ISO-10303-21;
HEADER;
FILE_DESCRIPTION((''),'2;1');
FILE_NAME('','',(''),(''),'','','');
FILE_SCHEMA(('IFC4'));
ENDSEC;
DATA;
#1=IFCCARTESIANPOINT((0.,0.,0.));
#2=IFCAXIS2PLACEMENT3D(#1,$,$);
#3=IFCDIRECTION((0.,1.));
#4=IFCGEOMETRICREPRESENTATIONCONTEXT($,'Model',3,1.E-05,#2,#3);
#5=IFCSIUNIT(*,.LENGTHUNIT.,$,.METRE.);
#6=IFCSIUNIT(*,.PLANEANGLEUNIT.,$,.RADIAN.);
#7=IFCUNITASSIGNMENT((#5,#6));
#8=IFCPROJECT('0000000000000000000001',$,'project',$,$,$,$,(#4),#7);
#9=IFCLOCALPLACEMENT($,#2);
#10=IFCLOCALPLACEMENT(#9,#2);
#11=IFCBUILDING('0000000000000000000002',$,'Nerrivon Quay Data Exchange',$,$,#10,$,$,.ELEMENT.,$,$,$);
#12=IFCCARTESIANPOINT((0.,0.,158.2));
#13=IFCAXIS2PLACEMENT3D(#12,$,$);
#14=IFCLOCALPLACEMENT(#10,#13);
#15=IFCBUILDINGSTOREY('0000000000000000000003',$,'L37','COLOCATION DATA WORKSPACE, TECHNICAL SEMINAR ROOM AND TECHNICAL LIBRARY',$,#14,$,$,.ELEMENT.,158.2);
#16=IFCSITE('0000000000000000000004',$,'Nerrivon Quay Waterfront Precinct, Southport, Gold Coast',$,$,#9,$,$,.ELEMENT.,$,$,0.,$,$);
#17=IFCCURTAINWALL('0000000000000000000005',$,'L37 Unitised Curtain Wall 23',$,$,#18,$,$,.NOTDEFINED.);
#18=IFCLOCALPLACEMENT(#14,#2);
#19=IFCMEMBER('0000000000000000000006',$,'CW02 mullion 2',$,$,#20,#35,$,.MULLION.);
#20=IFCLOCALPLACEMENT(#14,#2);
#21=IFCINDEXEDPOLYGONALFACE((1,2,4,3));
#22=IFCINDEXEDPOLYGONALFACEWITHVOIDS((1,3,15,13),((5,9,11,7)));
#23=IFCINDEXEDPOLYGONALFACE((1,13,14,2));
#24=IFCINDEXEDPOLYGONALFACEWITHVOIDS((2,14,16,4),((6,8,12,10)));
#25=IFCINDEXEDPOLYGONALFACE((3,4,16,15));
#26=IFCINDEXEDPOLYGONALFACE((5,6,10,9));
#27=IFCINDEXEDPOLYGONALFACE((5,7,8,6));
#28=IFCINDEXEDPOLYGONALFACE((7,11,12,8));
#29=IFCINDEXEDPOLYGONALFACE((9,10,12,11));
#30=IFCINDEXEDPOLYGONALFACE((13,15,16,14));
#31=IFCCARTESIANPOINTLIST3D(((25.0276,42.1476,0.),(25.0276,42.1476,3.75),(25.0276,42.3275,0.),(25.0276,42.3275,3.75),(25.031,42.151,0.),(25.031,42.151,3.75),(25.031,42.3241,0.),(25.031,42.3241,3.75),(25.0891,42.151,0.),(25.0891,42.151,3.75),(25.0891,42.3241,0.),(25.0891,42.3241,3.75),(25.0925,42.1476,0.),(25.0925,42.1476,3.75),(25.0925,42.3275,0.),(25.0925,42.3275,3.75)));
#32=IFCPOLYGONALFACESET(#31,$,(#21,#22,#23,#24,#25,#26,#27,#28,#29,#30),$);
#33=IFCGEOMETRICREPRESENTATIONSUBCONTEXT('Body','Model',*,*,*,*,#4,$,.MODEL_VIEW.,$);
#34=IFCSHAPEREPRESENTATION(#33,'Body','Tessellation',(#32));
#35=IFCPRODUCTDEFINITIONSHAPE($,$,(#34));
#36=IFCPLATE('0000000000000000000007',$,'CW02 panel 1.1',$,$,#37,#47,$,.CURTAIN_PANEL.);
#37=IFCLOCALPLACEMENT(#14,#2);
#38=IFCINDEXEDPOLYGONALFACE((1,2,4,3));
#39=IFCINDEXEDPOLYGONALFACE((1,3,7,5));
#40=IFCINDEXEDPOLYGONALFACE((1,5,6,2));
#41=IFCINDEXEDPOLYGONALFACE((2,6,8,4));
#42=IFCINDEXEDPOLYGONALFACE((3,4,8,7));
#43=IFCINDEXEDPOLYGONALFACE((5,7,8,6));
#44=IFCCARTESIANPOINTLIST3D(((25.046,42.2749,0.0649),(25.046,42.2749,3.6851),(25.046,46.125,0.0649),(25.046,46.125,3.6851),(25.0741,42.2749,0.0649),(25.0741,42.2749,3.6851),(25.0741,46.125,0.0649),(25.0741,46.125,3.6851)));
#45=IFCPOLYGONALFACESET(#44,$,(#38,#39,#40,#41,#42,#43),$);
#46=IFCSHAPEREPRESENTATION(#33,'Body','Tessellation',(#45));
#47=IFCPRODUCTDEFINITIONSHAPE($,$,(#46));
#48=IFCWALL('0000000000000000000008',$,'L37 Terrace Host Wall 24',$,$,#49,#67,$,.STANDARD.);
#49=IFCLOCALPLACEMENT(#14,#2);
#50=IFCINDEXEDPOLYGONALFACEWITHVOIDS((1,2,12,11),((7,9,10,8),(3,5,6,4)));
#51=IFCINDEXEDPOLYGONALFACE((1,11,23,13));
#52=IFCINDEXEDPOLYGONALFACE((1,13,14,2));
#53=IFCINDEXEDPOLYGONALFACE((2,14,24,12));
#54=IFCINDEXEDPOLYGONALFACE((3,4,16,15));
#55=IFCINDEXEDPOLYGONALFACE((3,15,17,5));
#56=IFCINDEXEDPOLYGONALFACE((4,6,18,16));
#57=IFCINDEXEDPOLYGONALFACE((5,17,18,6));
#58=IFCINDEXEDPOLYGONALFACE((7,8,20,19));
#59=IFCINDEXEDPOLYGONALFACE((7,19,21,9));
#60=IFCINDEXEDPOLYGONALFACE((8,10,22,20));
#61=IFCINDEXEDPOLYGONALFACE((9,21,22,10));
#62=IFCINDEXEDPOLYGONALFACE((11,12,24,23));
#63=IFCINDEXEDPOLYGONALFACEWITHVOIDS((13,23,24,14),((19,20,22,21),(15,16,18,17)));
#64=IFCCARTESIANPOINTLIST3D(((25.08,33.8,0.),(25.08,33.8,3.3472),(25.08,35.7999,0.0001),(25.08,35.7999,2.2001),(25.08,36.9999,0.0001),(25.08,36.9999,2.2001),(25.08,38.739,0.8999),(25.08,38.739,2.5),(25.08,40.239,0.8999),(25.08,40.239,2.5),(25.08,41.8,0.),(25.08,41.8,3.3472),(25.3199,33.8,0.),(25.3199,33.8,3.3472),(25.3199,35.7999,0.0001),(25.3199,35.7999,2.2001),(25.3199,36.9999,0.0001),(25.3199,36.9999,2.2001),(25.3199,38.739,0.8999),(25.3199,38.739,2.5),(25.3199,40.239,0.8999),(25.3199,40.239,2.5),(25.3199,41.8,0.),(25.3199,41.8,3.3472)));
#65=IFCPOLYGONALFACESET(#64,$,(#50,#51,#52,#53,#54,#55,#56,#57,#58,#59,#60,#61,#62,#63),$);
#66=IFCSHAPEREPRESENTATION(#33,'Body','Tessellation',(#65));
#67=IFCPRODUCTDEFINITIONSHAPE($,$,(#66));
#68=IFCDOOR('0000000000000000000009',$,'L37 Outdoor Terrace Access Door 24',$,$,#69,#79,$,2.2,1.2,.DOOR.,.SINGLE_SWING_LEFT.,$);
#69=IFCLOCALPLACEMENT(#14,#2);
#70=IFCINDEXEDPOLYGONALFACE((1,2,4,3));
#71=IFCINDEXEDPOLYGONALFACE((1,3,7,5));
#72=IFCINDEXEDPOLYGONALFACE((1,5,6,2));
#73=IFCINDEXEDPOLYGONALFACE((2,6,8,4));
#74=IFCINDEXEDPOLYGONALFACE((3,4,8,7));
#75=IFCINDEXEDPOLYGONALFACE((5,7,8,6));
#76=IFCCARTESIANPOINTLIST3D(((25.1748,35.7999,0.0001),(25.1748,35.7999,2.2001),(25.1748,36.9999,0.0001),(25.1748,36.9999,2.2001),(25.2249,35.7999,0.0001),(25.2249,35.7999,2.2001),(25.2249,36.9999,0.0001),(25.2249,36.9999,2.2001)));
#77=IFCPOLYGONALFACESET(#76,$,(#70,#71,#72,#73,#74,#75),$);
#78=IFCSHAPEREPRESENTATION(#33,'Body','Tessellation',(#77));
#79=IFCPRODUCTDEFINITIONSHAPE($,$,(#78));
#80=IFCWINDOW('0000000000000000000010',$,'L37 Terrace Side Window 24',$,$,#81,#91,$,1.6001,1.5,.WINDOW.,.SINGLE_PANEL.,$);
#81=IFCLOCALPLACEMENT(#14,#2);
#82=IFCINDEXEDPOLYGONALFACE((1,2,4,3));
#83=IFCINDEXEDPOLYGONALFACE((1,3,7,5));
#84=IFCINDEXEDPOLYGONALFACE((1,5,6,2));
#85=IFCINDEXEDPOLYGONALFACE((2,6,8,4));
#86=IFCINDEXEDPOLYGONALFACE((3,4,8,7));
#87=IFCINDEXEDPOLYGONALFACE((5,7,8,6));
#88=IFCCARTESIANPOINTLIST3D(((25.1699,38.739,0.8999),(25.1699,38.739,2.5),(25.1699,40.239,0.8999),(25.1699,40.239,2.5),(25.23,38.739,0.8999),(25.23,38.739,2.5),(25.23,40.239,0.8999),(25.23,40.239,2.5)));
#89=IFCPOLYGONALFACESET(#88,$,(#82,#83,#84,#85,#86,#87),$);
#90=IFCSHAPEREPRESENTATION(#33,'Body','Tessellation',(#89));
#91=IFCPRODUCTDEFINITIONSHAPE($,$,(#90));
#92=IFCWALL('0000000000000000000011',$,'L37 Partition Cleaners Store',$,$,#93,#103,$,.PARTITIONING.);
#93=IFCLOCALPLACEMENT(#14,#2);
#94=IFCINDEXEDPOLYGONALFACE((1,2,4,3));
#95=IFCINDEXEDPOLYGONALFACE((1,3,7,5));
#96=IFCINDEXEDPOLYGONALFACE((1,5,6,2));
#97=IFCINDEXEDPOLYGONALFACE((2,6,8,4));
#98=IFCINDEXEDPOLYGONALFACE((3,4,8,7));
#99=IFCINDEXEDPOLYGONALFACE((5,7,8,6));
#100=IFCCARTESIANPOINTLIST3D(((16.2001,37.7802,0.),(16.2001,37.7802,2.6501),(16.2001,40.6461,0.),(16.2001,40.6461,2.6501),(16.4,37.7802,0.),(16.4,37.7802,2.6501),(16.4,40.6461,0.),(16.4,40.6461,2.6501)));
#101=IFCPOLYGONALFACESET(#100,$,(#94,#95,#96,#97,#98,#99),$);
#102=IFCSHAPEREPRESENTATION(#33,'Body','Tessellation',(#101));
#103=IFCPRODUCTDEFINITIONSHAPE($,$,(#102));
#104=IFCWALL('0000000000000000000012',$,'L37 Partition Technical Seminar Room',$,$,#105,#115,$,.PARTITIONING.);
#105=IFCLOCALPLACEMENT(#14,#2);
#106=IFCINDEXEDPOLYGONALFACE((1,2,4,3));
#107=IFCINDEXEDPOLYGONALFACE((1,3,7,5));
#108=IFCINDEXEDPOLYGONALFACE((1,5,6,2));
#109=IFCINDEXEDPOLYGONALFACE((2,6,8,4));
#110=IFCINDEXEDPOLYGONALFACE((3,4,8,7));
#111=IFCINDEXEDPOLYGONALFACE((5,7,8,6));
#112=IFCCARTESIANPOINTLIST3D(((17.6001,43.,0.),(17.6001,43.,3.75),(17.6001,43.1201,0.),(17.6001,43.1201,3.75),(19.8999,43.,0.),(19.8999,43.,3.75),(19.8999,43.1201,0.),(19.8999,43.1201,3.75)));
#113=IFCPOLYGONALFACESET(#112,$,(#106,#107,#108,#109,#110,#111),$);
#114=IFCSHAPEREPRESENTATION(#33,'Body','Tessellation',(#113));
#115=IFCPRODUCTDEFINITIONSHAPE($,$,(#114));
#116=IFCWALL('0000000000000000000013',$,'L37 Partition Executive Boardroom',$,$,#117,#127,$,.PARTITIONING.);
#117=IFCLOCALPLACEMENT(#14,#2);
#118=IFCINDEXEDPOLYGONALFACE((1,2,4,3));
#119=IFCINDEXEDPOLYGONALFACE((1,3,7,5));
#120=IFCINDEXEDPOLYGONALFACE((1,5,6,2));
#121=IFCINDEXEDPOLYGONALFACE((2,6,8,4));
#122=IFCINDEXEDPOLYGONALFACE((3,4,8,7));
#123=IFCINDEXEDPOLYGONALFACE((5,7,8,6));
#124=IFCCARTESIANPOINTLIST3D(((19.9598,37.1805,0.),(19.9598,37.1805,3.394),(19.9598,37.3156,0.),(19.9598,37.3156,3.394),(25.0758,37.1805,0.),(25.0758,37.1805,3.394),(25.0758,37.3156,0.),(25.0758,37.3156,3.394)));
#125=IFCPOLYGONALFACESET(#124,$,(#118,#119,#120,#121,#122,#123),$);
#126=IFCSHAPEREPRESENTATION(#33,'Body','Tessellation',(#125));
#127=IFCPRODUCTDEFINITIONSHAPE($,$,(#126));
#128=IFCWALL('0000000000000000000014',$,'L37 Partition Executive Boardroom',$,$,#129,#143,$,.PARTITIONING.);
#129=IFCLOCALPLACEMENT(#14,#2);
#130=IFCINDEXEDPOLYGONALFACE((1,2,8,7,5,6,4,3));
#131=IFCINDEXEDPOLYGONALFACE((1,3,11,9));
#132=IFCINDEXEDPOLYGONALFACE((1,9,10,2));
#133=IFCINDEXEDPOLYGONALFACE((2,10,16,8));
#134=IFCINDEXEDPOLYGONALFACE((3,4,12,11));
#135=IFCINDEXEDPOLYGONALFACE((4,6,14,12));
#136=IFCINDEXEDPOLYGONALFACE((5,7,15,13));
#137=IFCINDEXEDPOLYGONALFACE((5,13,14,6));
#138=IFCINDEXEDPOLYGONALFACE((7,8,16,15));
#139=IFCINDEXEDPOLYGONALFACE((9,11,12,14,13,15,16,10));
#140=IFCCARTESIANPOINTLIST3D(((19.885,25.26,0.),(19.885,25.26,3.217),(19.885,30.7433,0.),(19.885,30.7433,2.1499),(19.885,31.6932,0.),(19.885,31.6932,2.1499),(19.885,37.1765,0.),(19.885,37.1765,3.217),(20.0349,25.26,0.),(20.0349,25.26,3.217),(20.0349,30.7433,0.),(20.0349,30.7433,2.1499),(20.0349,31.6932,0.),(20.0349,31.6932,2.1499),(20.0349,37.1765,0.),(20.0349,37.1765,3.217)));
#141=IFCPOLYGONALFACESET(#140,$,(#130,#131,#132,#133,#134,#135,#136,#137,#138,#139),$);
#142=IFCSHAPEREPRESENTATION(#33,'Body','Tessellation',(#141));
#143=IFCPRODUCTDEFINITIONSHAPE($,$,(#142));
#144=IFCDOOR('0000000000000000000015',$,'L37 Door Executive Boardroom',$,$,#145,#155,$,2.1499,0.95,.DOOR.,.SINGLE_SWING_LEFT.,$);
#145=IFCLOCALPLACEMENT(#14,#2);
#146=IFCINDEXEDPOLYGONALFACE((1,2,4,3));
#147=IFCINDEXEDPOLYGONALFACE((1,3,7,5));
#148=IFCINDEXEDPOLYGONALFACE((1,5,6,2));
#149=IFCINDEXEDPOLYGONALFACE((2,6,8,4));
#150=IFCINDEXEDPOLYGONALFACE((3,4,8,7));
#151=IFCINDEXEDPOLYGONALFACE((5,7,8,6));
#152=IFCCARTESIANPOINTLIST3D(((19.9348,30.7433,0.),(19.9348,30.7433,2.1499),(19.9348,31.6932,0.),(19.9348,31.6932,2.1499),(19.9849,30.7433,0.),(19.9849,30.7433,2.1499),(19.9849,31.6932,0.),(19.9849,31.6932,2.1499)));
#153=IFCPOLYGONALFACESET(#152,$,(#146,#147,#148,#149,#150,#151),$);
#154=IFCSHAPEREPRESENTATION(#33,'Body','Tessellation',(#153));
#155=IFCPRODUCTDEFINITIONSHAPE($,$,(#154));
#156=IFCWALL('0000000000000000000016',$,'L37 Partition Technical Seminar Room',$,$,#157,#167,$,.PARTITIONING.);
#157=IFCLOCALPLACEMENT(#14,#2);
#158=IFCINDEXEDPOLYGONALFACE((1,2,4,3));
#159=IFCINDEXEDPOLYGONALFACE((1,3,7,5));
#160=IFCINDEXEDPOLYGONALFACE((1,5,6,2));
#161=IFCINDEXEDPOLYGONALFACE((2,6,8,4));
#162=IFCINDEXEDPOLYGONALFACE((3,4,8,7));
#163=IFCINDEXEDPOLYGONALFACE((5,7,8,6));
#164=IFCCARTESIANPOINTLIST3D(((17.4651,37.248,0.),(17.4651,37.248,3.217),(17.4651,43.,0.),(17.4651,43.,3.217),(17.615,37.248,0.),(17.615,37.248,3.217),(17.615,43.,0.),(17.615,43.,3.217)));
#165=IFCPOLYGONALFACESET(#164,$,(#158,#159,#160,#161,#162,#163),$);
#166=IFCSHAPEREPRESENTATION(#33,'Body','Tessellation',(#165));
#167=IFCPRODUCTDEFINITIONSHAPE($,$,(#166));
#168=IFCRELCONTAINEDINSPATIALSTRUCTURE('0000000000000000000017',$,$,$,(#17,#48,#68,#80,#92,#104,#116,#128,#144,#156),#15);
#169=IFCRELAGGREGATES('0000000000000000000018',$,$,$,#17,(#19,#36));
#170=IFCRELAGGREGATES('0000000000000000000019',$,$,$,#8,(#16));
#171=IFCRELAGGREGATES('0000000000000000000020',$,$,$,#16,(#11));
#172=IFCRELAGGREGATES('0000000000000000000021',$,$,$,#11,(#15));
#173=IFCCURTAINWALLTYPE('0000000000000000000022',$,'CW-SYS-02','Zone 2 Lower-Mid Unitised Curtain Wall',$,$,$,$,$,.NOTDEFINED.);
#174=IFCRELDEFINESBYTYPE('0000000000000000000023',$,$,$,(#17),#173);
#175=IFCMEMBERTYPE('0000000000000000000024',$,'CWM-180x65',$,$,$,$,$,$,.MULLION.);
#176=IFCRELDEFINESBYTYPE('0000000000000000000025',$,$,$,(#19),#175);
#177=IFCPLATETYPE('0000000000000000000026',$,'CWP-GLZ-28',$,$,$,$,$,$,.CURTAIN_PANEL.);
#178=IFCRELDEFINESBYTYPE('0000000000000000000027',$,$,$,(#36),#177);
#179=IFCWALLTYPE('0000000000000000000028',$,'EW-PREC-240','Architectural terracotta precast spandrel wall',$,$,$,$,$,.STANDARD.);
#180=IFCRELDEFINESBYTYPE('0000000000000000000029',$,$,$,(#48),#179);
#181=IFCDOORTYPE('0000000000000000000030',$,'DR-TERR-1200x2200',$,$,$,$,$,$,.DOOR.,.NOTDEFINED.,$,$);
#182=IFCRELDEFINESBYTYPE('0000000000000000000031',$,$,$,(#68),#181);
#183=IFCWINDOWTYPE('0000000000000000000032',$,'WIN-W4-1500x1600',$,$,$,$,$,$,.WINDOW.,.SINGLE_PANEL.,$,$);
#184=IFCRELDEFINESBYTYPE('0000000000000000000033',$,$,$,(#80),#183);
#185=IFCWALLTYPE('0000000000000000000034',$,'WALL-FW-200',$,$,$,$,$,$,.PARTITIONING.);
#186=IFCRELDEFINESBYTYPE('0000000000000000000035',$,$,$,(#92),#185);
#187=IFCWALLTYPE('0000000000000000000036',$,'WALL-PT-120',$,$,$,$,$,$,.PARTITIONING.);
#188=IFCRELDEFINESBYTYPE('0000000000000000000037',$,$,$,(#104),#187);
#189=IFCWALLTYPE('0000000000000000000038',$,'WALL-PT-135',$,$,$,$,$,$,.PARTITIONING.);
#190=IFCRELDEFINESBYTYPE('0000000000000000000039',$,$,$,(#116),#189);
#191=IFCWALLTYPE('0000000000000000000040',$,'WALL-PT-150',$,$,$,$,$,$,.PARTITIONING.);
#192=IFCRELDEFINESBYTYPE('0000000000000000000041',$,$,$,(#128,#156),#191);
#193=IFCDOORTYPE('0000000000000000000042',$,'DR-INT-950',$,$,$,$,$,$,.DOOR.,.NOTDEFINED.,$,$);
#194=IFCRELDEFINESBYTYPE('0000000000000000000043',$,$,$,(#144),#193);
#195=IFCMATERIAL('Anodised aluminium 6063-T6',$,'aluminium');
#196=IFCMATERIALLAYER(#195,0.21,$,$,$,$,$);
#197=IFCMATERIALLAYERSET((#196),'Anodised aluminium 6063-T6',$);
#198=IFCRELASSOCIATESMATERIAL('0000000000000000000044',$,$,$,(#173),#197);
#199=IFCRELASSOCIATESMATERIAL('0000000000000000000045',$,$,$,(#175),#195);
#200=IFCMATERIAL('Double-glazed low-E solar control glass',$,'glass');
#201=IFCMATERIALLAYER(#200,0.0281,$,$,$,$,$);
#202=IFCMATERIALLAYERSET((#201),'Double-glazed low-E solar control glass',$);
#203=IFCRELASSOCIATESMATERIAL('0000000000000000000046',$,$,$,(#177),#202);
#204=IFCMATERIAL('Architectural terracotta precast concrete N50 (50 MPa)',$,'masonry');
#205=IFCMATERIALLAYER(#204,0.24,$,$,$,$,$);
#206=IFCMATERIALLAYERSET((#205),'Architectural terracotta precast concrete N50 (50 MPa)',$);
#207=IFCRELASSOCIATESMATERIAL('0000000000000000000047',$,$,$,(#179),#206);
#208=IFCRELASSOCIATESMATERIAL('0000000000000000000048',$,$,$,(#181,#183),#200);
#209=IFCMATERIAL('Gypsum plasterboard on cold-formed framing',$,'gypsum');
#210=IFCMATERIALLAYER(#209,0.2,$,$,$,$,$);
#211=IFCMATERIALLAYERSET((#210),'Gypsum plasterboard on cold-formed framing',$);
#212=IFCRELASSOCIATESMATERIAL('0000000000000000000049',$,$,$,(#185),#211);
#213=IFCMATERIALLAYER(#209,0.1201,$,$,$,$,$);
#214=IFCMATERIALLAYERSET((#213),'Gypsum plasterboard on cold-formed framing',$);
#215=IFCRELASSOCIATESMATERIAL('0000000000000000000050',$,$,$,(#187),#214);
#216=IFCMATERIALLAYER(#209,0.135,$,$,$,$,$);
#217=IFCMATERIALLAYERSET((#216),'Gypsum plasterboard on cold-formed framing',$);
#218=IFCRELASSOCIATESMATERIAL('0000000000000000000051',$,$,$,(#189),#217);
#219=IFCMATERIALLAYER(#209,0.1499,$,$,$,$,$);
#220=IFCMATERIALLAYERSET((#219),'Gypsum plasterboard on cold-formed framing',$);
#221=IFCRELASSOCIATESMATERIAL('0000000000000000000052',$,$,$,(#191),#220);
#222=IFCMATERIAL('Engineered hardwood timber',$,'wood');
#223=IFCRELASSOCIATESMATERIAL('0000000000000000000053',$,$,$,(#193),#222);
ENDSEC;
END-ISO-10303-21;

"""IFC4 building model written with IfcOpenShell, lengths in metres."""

from ifc_helpers import new_model, si_unit, direction, frame, frame_2d, origin, origin_2d, place, context, subcontext, project, spatial, rectangle, hollow_rectangle, extrude, material, layer, layer_set, material_profile, profile_set, type_object, element, fill, aggregate, save


model = new_model("IFC4")

# Units and contexts
model_context = context("Model", 3, precision=1e-05, world=origin(), true_north=direction((0.0, 1.0)))
body_context = subcontext(model_context, "Body", "Model", "MODEL_VIEW")
ifc_project = project(units=[si_unit("LENGTHUNIT", "METRE"), si_unit("PLANEANGLEUNIT", "RADIAN")], contexts=[model_context])

# Site, building, storey
site_placement = place(None, origin())
site = spatial("IfcSite", under=ifc_project, at=site_placement, Name="Nerrivon Quay Waterfront Precinct, Southport, Gold Coast", CompositionType="ELEMENT", RefElevation=0.0)
building_placement = place(site_placement, origin())
building = spatial("IfcBuilding", under=site, at=building_placement, Name="Nerrivon Quay Data Exchange", CompositionType="ELEMENT")
storey_placement = place(building_placement, frame((0.0, 0.0, 158.2)))
storey = spatial("IfcBuildingStorey", under=building, at=storey_placement, Name="L37", Description="COLOCATION DATA WORKSPACE, TECHNICAL SEMINAR ROOM AND TECHNICAL LIBRARY", CompositionType="ELEMENT", Elevation=158.2)

# Curtain wall, member, plate
ifc_material_1 = material(Name="Anodised aluminium 6063-T6", Category="aluminium")
ifc_layer_1 = layer(ifc_material_1, 0.21)
ifc_layer_set_1 = layer_set([ifc_layer_1], Name="Anodised aluminium 6063-T6")
curtain_wall_type = type_object("IfcCurtainWallType", Name="CW-SYS-02", Description="Zone 2 Lower-Mid Unitised Curtain Wall", PredefinedType="NOTDEFINED", material=ifc_layer_set_1)
curtain_wall_placement = place(storey_placement, origin())
curtain_wall = element("IfcCurtainWall", 1, at=curtain_wall_placement, inside=storey, type_object=curtain_wall_type, Name="L37 Unitised Curtain Wall 23", PredefinedType="NOTDEFINED")
ifc_material_profile_1 = material_profile(ifc_material_1, hollow_rectangle(XDim=0.0649, YDim=0.1799, WallThickness=0.0034, at=origin_2d()), Name="ALU-MULL-180x65")
ifc_profile_set_1 = profile_set([ifc_material_profile_1], Name="Anodised aluminium 6063-T6")
member_type = type_object("IfcMemberType", Name="CWM-180x65", PredefinedType="MULLION", material=ifc_profile_set_1)
member_placement = place(storey_placement, frame((25.0601, 42.2375, 0.0), z_axis=(0.0, 0.0, 1.0), x_axis=(1.0, 0.0, 0.0)))
member = element("IfcMember", 2, at=member_placement, type_object=member_type, Name="CW02 mullion 2", PredefinedType="MULLION", context=body_context, shape_type="SweptSolid", body=[
    extrude(hollow_rectangle(XDim=0.0649, YDim=0.1799, WallThickness=0.0034, at=origin_2d()), origin(), (0.0, 0.0, 1.0), 3.75),
])
ifc_material_2 = material(Name="Double-glazed low-E solar control glass", Category="glass")
ifc_layer_2 = layer(ifc_material_2, 0.0281)
ifc_layer_set_2 = layer_set([ifc_layer_2], Name="Double-glazed low-E solar control glass")
plate_type = type_object("IfcPlateType", Name="CWP-GLZ-28", PredefinedType="CURTAIN_PANEL", material=ifc_layer_set_2)
plate_placement = place(storey_placement, frame((25.0601, 44.2, 0.0649), z_axis=(0.0, 0.0, 1.0), x_axis=(0.0, -1.0, 0.0)))
plate = element("IfcPlate", 3, at=plate_placement, type_object=plate_type, Name="CW02 panel 1.1", PredefinedType="CURTAIN_PANEL", context=body_context, shape_type="SweptSolid", body=[
    extrude(rectangle(XDim=3.8501, YDim=0.0281, at=origin_2d()), origin(), (0.0, 0.0, 1.0), 3.6201),
])
aggregate(curtain_wall, [member, plate])

# Wall, openings, door, window
ifc_material_3 = material(Name="Architectural terracotta precast concrete N50 (50 MPa)", Category="masonry")
ifc_layer_3 = layer(ifc_material_3, 0.24)
ifc_layer_set_3 = layer_set([ifc_layer_3], Name="Architectural terracotta precast concrete N50 (50 MPa)")
wall_type_1 = type_object("IfcWallType", Name="EW-PREC-240", Description="Architectural terracotta precast spandrel wall", PredefinedType="STANDARD", material=ifc_layer_set_3)
wall_1_placement = place(storey_placement, frame((25.2, 41.8, 0.0), z_axis=(0.0, 0.0, 1.0), x_axis=(0.0, -1.0, 0.0)))
wall_1 = element("IfcWall", 4, at=wall_1_placement, inside=storey, type_object=wall_type_1, Name="L37 Terrace Host Wall 24", PredefinedType="STANDARD", context=body_context, shape_type="SweptSolid", body=[
    extrude(rectangle(XDim=8.0, YDim=0.24, at=frame_2d((4.0, 0.0))), origin(), (0.0, 0.0, 1.0), 3.3472),
])
opening_1_placement = place(wall_1_placement, frame((4.8, 0.0, 0.0)))
opening_1 = element("IfcOpeningElement", 5, at=opening_1_placement, cuts=wall_1, PredefinedType="OPENING", context=body_context, shape_type="SweptSolid", body=[
    extrude(rectangle(XDim=1.2, YDim=2.2, at=frame_2d((0.6001, 1.1001))), frame((0.0, 0.1299, 0.0), z_axis=(0.0, -1.0, 0.0), x_axis=(1.0, 0.0, 0.0)), (0.0, 0.0, 1.0), 0.26),
])
opening_2_placement = place(wall_1_placement, frame((1.561, 0.0, 0.8999)))
opening_2 = element("IfcOpeningElement", 6, at=opening_2_placement, cuts=wall_1, PredefinedType="OPENING", context=body_context, shape_type="SweptSolid", body=[
    extrude(rectangle(XDim=1.5, YDim=1.6001, at=frame_2d((0.75, 0.8))), frame((0.0, 0.1299, 0.0), z_axis=(0.0, -1.0, 0.0), x_axis=(1.0, 0.0, 0.0)), (0.0, 0.0, 1.0), 0.26),
])
door_type_1 = type_object("IfcDoorType", Name="DR-TERR-1200x2200", OperationType="NOTDEFINED", PredefinedType="DOOR", material=ifc_material_2)
door_1_placement = place(opening_1_placement, origin())
door_1 = element("IfcDoor", 7, at=door_1_placement, inside=storey, type_object=door_type_1, Name="L37 Outdoor Terrace Access Door 24", OperationType="SINGLE_SWING_LEFT", OverallHeight=2.2, OverallWidth=1.2, PredefinedType="DOOR", context=body_context, shape_type="SweptSolid", body=[
    extrude(rectangle(XDim=1.2, YDim=2.2, at=frame_2d((0.6001, 1.1001))), frame((0.0, 0.0249, 0.0), z_axis=(0.0, -1.0, 0.0), x_axis=(1.0, 0.0, 0.0)), (0.0, 0.0, 1.0), 0.05),
])
fill(opening_1, door_1)
window_type = type_object("IfcWindowType", Name="WIN-W4-1500x1600", PartitioningType="SINGLE_PANEL", PredefinedType="WINDOW", material=ifc_material_2)
window_placement = place(opening_2_placement, origin())
window = element("IfcWindow", 8, at=window_placement, inside=storey, type_object=window_type, Name="L37 Terrace Side Window 24", OverallHeight=1.6001, OverallWidth=1.5, PartitioningType="SINGLE_PANEL", PredefinedType="WINDOW", context=body_context, shape_type="SweptSolid", body=[
    extrude(rectangle(XDim=1.5, YDim=1.6001, at=frame_2d((0.75, 0.8))), frame((0.0, 0.03, 0.0), z_axis=(0.0, -1.0, 0.0), x_axis=(1.0, 0.0, 0.0)), (0.0, 0.0, 1.0), 0.0601),
])
fill(opening_2, window)

# Walls
ifc_material_4 = material(Name="Gypsum plasterboard on cold-formed framing", Category="gypsum")
ifc_layer_4 = layer(ifc_material_4, 0.2)
ifc_layer_set_4 = layer_set([ifc_layer_4], Name="Gypsum plasterboard on cold-formed framing")
wall_type_2 = type_object("IfcWallType", Name="WALL-FW-200", PredefinedType="PARTITIONING", material=ifc_layer_set_4)
wall_2_placement = place(storey_placement, frame((16.3, 37.78, 0.0), z_axis=(0.0, 0.0, 1.0), x_axis=(0.0, 1.0, 0.0)))
element("IfcWall", 9, at=wall_2_placement, inside=storey, type_object=wall_type_2, Name="L37 Partition Cleaners Store", PredefinedType="PARTITIONING", context=body_context, shape_type="SweptSolid", body=[
    extrude(rectangle(XDim=2.866, YDim=0.2, at=frame_2d((1.4331, 0.0))), origin(), (0.0, 0.0, 1.0), 2.6501),
])
ifc_layer_5 = layer(ifc_material_4, 0.1201)
ifc_layer_set_5 = layer_set([ifc_layer_5], Name="Gypsum plasterboard on cold-formed framing")
wall_type_3 = type_object("IfcWallType", Name="WALL-PT-120", PredefinedType="PARTITIONING", material=ifc_layer_set_5)
wall_3_placement = place(storey_placement, frame((17.6001, 43.0601, 0.0), z_axis=(0.0, 0.0, 1.0), x_axis=(1.0, 0.0, 0.0)))
element("IfcWall", 10, at=wall_3_placement, inside=storey, type_object=wall_type_3, Name="L37 Partition Technical Seminar Room", PredefinedType="PARTITIONING", context=body_context, shape_type="SweptSolid", body=[
    extrude(rectangle(XDim=2.2998, YDim=0.1201, at=frame_2d((1.1499, 0.0))), origin(), (0.0, 0.0, 1.0), 3.75),
])
ifc_layer_6 = layer(ifc_material_4, 0.135)
ifc_layer_set_6 = layer_set([ifc_layer_6], Name="Gypsum plasterboard on cold-formed framing")
wall_type_4 = type_object("IfcWallType", Name="WALL-PT-135", PredefinedType="PARTITIONING", material=ifc_layer_set_6)
wall_4_placement = place(storey_placement, frame((25.0759, 37.248, 0.0), z_axis=(0.0, 0.0, 1.0), x_axis=(-1.0, 0.0, 0.0)))
element("IfcWall", 11, at=wall_4_placement, inside=storey, type_object=wall_type_4, Name="L37 Partition Executive Boardroom", PredefinedType="PARTITIONING", context=body_context, shape_type="SweptSolid", body=[
    extrude(rectangle(XDim=5.116, YDim=0.135, at=frame_2d((2.5581, 0.0))), origin(), (0.0, 0.0, 1.0), 3.394),
])

# Wall, opening, door
ifc_layer_7 = layer(ifc_material_4, 0.1499)
ifc_layer_set_7 = layer_set([ifc_layer_7], Name="Gypsum plasterboard on cold-formed framing")
wall_type_5 = type_object("IfcWallType", Name="WALL-PT-150", PredefinedType="PARTITIONING", material=ifc_layer_set_7)
wall_5_placement = place(storey_placement, frame((19.96, 37.1765, 0.0), z_axis=(0.0, 0.0, 1.0), x_axis=(0.0, -1.0, 0.0)))
wall_5 = element("IfcWall", 12, at=wall_5_placement, inside=storey, type_object=wall_type_5, Name="L37 Partition Executive Boardroom", PredefinedType="PARTITIONING", context=body_context, shape_type="SweptSolid", body=[
    extrude(rectangle(XDim=11.9165, YDim=0.1499, at=frame_2d((5.9583, 0.0))), origin(), (0.0, 0.0, 1.0), 3.217),
])
opening_3_placement = place(wall_5_placement, frame((5.4832, 0.0, 0.0)))
opening_3 = element("IfcOpeningElement", 13, at=opening_3_placement, cuts=wall_5, PredefinedType="OPENING", context=body_context, shape_type="SweptSolid", body=[
    extrude(rectangle(XDim=0.95, YDim=2.1499, at=frame_2d((0.4751, 1.075))), frame((0.0, 0.085, 0.0), z_axis=(0.0, -1.0, 0.0), x_axis=(1.0, 0.0, 0.0)), (0.0, 0.0, 1.0), 0.1699),
])
ifc_material_5 = material(Name="Engineered hardwood timber", Category="wood")
door_type_2 = type_object("IfcDoorType", Name="DR-INT-950", OperationType="NOTDEFINED", PredefinedType="DOOR", material=ifc_material_5)
door_2_placement = place(opening_3_placement, origin())
door_2 = element("IfcDoor", 14, at=door_2_placement, inside=storey, type_object=door_type_2, Name="L37 Door Executive Boardroom", OperationType="SINGLE_SWING_LEFT", OverallHeight=2.1499, OverallWidth=0.95, PredefinedType="DOOR", context=body_context, shape_type="SweptSolid", body=[
    extrude(rectangle(XDim=0.95, YDim=2.1499, at=frame_2d((0.4751, 1.075))), frame((0.0, 0.0249, 0.0), z_axis=(0.0, -1.0, 0.0), x_axis=(1.0, 0.0, 0.0)), (0.0, 0.0, 1.0), 0.05),
])
fill(opening_3, door_2)

# Wall
wall_6_placement = place(storey_placement, frame((17.54, 37.248, 0.0), z_axis=(0.0, 0.0, 1.0), x_axis=(0.0, 1.0, 0.0)))
element("IfcWall", 15, at=wall_6_placement, inside=storey, type_object=wall_type_5, Name="L37 Partition Technical Seminar Room", PredefinedType="PARTITIONING", context=body_context, shape_type="SweptSolid", body=[
    extrude(rectangle(XDim=5.752, YDim=0.1499, at=frame_2d((2.876, 0.0))), origin(), (0.0, 0.0, 1.0), 3.217),
])

save(model, "model.ifc")
